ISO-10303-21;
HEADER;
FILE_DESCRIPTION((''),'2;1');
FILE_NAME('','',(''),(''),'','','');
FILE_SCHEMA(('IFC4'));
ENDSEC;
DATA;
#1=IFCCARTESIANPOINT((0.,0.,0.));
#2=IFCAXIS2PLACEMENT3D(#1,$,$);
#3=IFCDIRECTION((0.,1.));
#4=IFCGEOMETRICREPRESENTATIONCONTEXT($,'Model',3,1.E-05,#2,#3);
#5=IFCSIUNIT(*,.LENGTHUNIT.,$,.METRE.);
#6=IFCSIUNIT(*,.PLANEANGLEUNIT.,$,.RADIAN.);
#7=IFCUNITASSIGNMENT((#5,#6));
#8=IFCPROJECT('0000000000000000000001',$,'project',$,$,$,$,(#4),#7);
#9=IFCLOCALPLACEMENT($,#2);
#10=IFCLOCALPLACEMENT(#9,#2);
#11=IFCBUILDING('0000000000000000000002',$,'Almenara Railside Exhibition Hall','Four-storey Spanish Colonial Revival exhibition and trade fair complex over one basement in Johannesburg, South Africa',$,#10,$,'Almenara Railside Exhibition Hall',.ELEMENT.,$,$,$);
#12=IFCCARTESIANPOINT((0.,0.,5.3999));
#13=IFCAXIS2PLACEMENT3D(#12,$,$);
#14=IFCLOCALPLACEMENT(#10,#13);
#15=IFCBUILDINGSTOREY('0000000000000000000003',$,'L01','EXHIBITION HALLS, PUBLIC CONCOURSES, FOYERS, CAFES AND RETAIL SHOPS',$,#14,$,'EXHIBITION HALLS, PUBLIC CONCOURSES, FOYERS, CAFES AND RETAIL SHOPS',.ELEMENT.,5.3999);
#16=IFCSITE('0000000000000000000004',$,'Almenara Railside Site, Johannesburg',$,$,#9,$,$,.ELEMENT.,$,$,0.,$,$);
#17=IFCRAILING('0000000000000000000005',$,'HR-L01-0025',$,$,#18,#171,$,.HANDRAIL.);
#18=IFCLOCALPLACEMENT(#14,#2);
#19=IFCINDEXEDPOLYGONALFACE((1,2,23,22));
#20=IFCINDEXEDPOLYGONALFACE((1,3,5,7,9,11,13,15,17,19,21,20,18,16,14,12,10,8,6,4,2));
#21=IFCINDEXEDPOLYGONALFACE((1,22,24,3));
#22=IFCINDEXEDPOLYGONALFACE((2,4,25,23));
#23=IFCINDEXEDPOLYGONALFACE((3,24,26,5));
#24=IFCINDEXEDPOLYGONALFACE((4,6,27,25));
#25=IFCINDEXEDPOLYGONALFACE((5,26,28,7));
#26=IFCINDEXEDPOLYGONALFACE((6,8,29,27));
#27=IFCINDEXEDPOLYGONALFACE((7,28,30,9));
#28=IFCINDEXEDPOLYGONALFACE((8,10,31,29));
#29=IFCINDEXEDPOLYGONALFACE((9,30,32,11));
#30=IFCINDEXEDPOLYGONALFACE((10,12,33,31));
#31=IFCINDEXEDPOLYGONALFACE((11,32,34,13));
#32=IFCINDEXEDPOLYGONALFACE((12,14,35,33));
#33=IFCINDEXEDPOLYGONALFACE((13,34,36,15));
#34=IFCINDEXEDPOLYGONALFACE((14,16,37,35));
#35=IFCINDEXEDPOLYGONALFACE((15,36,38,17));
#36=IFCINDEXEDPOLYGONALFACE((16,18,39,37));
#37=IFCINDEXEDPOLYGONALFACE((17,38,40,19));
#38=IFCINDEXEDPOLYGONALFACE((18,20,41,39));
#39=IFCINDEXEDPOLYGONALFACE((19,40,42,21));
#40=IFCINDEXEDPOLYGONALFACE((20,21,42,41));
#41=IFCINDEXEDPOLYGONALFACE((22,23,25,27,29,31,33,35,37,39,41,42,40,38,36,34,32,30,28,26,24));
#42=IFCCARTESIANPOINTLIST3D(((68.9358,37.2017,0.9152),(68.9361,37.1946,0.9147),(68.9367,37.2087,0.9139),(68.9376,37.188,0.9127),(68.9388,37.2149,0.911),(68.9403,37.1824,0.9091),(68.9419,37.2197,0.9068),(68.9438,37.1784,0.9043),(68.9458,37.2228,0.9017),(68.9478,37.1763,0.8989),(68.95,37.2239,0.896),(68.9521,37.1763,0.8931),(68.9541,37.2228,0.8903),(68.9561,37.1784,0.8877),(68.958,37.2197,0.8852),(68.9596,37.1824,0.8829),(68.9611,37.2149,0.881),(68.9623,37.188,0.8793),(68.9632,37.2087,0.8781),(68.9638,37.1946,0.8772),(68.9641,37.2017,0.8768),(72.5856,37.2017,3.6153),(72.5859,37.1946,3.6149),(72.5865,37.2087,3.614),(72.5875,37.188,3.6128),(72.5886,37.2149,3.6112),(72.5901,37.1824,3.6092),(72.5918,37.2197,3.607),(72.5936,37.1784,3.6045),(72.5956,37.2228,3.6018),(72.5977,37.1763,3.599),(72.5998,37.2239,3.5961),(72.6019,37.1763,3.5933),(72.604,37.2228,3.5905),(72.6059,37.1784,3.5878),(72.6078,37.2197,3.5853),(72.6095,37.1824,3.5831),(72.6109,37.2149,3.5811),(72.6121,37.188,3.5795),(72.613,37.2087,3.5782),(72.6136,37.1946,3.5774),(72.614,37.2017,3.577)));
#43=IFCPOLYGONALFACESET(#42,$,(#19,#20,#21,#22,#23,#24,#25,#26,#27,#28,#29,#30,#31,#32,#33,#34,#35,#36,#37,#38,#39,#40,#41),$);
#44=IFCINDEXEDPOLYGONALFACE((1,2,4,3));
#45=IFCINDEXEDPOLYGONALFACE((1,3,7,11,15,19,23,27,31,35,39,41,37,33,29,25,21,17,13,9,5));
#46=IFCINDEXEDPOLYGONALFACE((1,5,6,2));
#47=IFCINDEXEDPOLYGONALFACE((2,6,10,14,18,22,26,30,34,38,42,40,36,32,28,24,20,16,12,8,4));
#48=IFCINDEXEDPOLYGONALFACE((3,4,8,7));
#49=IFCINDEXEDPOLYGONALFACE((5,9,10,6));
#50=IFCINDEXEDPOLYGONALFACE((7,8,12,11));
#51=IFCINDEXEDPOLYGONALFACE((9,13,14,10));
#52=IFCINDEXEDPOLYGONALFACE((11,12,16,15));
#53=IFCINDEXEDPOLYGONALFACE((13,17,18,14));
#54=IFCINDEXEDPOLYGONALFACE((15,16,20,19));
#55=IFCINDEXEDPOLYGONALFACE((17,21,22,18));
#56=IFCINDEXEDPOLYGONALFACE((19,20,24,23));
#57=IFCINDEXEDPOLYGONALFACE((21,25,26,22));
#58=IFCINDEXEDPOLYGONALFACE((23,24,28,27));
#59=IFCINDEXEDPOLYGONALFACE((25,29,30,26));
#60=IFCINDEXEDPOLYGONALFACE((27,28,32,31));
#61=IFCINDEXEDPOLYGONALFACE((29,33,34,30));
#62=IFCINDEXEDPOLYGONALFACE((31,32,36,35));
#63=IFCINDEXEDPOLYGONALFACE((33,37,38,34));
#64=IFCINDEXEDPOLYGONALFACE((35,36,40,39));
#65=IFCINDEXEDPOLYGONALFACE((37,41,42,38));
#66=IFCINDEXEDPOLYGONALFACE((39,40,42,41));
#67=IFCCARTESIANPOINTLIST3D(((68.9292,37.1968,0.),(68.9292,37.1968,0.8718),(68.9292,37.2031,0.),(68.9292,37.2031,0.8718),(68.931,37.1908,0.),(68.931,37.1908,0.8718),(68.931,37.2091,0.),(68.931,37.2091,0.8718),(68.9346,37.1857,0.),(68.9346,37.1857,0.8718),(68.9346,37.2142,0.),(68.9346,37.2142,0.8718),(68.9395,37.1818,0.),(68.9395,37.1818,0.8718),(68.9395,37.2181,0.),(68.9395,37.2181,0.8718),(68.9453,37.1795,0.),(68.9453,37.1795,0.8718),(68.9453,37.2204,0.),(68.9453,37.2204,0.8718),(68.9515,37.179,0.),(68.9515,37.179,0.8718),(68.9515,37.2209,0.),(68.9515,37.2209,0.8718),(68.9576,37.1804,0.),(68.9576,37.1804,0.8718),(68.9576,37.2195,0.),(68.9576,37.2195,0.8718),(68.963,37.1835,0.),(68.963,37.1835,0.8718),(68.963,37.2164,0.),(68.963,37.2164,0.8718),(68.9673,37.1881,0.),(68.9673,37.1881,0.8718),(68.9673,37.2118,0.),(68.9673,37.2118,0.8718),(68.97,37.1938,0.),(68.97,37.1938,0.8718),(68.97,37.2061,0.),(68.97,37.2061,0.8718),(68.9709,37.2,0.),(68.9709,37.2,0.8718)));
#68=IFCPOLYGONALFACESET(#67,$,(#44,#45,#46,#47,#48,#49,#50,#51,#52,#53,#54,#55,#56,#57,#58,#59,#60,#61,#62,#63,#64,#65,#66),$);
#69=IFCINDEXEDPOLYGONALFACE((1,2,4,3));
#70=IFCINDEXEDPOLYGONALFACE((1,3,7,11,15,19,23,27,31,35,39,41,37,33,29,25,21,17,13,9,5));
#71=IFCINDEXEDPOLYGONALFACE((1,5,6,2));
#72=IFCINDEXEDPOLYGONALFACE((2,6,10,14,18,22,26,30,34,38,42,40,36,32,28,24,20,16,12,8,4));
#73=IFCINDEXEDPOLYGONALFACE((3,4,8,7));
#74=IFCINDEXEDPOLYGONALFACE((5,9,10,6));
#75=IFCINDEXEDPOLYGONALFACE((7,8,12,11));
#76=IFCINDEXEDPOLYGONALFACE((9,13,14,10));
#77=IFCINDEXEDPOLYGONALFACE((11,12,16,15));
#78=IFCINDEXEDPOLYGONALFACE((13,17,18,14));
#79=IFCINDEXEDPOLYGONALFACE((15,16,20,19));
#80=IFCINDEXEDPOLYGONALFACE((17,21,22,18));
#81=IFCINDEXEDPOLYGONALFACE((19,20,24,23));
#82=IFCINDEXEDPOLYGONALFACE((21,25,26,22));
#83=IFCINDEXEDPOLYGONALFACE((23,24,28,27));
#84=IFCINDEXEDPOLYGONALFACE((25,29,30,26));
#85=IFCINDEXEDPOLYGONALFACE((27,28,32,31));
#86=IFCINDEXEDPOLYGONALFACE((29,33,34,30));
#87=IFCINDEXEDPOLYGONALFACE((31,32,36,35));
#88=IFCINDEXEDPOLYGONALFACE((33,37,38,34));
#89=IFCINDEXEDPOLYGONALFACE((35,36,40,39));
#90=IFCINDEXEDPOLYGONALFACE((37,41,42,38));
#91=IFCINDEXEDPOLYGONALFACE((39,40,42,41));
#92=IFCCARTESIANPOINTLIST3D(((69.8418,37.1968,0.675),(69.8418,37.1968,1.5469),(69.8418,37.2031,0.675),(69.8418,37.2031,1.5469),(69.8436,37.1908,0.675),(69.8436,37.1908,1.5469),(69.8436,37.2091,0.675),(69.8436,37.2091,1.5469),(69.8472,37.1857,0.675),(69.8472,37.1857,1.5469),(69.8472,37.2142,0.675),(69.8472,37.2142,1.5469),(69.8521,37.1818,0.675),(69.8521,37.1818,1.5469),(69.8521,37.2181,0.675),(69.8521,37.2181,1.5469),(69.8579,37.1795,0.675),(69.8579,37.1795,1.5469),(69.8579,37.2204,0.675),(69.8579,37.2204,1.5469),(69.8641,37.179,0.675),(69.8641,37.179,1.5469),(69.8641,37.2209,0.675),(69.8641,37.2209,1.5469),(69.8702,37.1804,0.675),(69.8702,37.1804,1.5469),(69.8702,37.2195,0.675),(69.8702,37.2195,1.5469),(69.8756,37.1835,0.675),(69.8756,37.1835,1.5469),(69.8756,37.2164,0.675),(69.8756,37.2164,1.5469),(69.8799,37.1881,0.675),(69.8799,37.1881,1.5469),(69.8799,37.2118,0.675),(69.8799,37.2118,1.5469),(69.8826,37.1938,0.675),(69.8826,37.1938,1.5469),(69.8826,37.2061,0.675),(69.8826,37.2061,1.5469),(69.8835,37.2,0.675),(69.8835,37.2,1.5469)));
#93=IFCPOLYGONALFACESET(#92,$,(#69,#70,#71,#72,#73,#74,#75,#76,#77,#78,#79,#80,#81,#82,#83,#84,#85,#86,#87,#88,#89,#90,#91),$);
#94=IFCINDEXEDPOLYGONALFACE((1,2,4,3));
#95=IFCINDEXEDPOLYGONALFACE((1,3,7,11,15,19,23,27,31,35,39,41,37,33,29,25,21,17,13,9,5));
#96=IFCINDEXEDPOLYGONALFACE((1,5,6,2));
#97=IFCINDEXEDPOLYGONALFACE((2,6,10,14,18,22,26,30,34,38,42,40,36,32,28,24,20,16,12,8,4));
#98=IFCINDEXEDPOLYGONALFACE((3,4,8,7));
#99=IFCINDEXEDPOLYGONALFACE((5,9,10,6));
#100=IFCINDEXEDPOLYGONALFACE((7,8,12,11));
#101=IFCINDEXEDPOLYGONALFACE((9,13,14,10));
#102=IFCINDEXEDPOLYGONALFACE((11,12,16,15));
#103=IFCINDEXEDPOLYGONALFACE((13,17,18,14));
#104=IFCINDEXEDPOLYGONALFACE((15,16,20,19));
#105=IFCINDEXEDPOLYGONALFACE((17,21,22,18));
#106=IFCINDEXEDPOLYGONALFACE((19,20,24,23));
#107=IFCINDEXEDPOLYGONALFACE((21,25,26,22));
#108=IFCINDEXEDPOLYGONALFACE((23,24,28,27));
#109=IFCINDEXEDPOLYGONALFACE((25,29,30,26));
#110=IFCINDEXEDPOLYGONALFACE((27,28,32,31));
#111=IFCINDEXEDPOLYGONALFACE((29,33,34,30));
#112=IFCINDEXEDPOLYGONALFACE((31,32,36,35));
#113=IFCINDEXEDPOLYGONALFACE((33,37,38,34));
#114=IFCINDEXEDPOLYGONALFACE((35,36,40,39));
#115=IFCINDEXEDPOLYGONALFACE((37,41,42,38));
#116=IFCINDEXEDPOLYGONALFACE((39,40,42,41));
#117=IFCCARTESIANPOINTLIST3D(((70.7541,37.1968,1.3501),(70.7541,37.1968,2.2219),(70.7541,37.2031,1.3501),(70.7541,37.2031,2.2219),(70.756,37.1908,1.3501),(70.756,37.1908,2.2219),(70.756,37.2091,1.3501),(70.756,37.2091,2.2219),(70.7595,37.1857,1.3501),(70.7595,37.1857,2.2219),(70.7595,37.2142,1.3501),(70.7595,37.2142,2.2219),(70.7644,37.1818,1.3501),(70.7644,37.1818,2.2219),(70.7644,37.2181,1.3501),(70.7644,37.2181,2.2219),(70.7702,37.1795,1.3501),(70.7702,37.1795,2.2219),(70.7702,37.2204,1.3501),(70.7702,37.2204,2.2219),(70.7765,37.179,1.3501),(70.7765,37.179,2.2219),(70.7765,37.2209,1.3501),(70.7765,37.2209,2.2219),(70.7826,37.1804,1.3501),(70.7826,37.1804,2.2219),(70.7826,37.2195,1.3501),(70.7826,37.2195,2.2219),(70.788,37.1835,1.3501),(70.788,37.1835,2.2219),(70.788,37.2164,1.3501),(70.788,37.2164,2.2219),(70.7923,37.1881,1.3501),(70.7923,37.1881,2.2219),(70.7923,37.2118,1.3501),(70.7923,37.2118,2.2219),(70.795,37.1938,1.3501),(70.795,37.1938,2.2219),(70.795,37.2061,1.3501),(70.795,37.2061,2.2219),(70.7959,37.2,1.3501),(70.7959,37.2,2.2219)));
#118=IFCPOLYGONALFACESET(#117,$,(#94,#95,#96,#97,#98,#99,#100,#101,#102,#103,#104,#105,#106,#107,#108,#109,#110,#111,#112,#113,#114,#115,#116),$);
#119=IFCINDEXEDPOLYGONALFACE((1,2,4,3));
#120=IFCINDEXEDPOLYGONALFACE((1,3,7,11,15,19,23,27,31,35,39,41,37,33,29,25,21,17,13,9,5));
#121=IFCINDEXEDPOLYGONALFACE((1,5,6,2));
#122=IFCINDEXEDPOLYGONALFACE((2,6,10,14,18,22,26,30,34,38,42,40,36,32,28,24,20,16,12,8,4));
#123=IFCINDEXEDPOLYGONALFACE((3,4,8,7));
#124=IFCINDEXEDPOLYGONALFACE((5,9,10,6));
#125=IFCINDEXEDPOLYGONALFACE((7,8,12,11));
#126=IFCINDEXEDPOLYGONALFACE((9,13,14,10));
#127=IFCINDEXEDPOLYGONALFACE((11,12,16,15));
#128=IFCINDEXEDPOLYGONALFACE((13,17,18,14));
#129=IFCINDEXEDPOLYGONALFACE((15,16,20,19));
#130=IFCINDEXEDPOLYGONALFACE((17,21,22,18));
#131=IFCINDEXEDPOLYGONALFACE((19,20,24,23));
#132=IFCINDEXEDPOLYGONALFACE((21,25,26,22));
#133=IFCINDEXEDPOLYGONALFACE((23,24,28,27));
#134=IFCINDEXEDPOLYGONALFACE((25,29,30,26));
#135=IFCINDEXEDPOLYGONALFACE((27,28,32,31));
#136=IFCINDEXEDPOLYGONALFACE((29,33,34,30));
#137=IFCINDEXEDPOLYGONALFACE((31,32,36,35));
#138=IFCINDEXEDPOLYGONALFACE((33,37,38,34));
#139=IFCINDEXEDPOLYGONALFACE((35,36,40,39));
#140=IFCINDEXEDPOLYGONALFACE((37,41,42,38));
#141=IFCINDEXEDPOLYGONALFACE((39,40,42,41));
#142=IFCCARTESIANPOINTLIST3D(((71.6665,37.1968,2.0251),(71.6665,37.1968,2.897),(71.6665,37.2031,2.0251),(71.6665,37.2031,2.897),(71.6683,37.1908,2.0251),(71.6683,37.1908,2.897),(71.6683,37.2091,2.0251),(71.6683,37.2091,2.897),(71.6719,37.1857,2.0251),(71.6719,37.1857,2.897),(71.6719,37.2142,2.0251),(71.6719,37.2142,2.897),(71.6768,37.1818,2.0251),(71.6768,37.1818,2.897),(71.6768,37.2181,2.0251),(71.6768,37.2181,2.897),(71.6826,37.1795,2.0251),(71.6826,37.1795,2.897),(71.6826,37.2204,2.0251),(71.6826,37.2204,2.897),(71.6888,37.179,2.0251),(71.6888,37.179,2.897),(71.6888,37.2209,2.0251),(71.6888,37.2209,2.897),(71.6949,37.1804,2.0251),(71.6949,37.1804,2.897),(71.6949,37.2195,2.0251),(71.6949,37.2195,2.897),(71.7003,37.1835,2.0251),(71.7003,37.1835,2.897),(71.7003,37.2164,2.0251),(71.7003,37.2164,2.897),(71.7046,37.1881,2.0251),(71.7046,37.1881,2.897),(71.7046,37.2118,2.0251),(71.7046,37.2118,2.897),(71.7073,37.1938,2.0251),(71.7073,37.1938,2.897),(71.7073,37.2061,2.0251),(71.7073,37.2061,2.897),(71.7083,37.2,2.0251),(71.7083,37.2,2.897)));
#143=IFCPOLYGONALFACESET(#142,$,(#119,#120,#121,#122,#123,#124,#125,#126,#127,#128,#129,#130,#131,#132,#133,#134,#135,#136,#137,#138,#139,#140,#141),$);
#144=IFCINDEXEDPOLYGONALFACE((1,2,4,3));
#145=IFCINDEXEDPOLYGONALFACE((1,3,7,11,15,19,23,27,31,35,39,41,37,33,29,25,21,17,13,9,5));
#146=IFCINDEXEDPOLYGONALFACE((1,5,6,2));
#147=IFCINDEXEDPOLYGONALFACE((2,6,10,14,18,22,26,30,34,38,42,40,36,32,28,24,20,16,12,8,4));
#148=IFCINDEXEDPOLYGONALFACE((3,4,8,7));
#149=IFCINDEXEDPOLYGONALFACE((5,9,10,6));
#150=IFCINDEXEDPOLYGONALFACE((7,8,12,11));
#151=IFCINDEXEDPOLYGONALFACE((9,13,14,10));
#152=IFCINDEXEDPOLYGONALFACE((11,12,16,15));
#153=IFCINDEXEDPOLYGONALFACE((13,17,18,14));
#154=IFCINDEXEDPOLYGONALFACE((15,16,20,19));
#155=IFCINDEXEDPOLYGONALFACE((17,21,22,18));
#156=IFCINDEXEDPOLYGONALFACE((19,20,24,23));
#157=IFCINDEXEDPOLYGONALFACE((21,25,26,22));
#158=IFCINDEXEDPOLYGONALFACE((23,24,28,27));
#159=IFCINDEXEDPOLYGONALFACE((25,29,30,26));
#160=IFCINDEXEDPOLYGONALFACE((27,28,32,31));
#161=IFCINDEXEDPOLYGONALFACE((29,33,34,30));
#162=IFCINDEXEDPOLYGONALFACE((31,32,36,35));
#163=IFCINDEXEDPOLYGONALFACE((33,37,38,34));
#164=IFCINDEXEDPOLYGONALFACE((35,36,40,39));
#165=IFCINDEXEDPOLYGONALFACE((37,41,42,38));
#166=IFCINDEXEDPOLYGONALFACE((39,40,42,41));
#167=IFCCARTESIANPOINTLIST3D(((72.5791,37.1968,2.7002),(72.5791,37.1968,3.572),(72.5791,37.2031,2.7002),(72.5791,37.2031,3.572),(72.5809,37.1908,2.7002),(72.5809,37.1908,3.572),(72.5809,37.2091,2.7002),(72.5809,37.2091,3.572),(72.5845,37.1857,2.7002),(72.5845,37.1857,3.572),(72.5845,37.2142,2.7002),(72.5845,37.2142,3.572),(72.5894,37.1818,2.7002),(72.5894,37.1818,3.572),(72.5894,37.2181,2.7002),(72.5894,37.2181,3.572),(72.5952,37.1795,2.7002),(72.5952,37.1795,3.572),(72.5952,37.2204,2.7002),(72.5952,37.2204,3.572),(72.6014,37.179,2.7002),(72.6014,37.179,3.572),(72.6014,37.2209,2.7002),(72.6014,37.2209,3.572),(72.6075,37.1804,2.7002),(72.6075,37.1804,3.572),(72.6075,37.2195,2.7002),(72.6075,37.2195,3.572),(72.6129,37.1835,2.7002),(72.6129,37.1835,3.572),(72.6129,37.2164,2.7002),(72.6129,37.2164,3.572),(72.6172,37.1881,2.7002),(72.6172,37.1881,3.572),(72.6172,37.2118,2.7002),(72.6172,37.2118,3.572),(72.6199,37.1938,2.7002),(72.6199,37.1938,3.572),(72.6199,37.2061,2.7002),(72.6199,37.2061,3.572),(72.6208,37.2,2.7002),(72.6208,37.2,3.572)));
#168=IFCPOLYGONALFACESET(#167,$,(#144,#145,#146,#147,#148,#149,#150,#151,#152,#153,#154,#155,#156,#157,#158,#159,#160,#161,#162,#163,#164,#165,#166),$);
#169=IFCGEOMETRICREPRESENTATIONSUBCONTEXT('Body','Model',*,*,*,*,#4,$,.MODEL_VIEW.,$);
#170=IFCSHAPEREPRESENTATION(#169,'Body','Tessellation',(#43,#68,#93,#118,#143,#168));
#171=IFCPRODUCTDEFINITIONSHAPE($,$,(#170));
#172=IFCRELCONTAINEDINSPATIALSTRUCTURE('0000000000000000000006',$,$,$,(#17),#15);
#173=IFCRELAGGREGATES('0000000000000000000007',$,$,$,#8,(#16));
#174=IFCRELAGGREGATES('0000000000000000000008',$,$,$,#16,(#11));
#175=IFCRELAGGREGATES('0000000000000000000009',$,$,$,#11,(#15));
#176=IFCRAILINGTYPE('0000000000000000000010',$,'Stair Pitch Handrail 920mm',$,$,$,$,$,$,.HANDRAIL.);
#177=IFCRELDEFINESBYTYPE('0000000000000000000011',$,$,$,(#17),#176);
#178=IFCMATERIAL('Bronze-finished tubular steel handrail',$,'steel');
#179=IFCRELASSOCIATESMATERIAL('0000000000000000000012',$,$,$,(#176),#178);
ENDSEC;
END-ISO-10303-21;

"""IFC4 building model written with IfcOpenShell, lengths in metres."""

from ifc_helpers import new_model, si_unit, direction, frame, origin, origin_2d, place, context, subcontext, project, spatial, circle, extrude, material, type_object, element, save


model = new_model("IFC4")

# Units and contexts
model_context = context("Model", 3, precision=1e-05, world=origin(), true_north=direction((0.0, 1.0)))
body_context = subcontext(model_context, "Body", "Model", "MODEL_VIEW")
ifc_project = project(units=[si_unit("LENGTHUNIT", "METRE"), si_unit("PLANEANGLEUNIT", "RADIAN")], contexts=[model_context])

# Site, building, storey
site_placement = place(None, origin())
site = spatial("IfcSite", under=ifc_project, at=site_placement, Name="Almenara Railside Site, Johannesburg", CompositionType="ELEMENT", RefElevation=0.0)
building_placement = place(site_placement, origin())
building = spatial("IfcBuilding", under=site, at=building_placement, Name="Almenara Railside Exhibition Hall", Description="Four-storey Spanish Colonial Revival exhibition and trade fair complex over one basement in Johannesburg, South Africa", LongName="Almenara Railside Exhibition Hall", CompositionType="ELEMENT")
storey_placement = place(building_placement, frame((0.0, 0.0, 5.3999)))
storey = spatial("IfcBuildingStorey", under=building, at=storey_placement, Name="L01", Description="EXHIBITION HALLS, PUBLIC CONCOURSES, FOYERS, CAFES AND RETAIL SHOPS", LongName="EXHIBITION HALLS, PUBLIC CONCOURSES, FOYERS, CAFES AND RETAIL SHOPS", CompositionType="ELEMENT", Elevation=5.3999)

# Railing
ifc_material_1 = material(Name="Bronze-finished tubular steel handrail", Category="steel")
railing_type_1 = type_object("IfcRailingType", Name="Stair Pitch Handrail 920mm", PredefinedType="HANDRAIL", material=ifc_material_1)
railing_1_placement = place(storey_placement, frame((68.95, 37.2, 0.0)))
element("IfcRailing", 1, at=railing_1_placement, inside=storey, type_object=railing_type_1, Name="HR-L01-0025", PredefinedType="HANDRAIL", context=body_context, shape_type="SweptSolid", body=[
    extrude(circle(Radius=0.0239, at=origin_2d()), frame((0.0, 0.0, 0.896), z_axis=(0.803919, 0.0, 0.594739), x_axis=(0.0, 1.0, 0.0)), (0.0, 0.0, 1.0), 4.54),
    extrude(circle(Radius=0.021, at=origin_2d()), origin(), (0.0, 0.0, 1.0), 0.8718),
    extrude(circle(Radius=0.021, at=origin_2d()), frame((0.9126, 0.0, 0.675)), (0.0, 0.0, 1.0), 0.8718),
    extrude(circle(Radius=0.021, at=origin_2d()), frame((1.825, 0.0, 1.3501)), (0.0, 0.0, 1.0), 0.8718),
    extrude(circle(Radius=0.021, at=origin_2d()), frame((2.7373, 0.0, 2.0251)), (0.0, 0.0, 1.0), 0.8718),
    extrude(circle(Radius=0.021, at=origin_2d()), frame((3.6499, 0.0, 2.7002)), (0.0, 0.0, 1.0), 0.8718),
])

save(model, "model.ifc")
